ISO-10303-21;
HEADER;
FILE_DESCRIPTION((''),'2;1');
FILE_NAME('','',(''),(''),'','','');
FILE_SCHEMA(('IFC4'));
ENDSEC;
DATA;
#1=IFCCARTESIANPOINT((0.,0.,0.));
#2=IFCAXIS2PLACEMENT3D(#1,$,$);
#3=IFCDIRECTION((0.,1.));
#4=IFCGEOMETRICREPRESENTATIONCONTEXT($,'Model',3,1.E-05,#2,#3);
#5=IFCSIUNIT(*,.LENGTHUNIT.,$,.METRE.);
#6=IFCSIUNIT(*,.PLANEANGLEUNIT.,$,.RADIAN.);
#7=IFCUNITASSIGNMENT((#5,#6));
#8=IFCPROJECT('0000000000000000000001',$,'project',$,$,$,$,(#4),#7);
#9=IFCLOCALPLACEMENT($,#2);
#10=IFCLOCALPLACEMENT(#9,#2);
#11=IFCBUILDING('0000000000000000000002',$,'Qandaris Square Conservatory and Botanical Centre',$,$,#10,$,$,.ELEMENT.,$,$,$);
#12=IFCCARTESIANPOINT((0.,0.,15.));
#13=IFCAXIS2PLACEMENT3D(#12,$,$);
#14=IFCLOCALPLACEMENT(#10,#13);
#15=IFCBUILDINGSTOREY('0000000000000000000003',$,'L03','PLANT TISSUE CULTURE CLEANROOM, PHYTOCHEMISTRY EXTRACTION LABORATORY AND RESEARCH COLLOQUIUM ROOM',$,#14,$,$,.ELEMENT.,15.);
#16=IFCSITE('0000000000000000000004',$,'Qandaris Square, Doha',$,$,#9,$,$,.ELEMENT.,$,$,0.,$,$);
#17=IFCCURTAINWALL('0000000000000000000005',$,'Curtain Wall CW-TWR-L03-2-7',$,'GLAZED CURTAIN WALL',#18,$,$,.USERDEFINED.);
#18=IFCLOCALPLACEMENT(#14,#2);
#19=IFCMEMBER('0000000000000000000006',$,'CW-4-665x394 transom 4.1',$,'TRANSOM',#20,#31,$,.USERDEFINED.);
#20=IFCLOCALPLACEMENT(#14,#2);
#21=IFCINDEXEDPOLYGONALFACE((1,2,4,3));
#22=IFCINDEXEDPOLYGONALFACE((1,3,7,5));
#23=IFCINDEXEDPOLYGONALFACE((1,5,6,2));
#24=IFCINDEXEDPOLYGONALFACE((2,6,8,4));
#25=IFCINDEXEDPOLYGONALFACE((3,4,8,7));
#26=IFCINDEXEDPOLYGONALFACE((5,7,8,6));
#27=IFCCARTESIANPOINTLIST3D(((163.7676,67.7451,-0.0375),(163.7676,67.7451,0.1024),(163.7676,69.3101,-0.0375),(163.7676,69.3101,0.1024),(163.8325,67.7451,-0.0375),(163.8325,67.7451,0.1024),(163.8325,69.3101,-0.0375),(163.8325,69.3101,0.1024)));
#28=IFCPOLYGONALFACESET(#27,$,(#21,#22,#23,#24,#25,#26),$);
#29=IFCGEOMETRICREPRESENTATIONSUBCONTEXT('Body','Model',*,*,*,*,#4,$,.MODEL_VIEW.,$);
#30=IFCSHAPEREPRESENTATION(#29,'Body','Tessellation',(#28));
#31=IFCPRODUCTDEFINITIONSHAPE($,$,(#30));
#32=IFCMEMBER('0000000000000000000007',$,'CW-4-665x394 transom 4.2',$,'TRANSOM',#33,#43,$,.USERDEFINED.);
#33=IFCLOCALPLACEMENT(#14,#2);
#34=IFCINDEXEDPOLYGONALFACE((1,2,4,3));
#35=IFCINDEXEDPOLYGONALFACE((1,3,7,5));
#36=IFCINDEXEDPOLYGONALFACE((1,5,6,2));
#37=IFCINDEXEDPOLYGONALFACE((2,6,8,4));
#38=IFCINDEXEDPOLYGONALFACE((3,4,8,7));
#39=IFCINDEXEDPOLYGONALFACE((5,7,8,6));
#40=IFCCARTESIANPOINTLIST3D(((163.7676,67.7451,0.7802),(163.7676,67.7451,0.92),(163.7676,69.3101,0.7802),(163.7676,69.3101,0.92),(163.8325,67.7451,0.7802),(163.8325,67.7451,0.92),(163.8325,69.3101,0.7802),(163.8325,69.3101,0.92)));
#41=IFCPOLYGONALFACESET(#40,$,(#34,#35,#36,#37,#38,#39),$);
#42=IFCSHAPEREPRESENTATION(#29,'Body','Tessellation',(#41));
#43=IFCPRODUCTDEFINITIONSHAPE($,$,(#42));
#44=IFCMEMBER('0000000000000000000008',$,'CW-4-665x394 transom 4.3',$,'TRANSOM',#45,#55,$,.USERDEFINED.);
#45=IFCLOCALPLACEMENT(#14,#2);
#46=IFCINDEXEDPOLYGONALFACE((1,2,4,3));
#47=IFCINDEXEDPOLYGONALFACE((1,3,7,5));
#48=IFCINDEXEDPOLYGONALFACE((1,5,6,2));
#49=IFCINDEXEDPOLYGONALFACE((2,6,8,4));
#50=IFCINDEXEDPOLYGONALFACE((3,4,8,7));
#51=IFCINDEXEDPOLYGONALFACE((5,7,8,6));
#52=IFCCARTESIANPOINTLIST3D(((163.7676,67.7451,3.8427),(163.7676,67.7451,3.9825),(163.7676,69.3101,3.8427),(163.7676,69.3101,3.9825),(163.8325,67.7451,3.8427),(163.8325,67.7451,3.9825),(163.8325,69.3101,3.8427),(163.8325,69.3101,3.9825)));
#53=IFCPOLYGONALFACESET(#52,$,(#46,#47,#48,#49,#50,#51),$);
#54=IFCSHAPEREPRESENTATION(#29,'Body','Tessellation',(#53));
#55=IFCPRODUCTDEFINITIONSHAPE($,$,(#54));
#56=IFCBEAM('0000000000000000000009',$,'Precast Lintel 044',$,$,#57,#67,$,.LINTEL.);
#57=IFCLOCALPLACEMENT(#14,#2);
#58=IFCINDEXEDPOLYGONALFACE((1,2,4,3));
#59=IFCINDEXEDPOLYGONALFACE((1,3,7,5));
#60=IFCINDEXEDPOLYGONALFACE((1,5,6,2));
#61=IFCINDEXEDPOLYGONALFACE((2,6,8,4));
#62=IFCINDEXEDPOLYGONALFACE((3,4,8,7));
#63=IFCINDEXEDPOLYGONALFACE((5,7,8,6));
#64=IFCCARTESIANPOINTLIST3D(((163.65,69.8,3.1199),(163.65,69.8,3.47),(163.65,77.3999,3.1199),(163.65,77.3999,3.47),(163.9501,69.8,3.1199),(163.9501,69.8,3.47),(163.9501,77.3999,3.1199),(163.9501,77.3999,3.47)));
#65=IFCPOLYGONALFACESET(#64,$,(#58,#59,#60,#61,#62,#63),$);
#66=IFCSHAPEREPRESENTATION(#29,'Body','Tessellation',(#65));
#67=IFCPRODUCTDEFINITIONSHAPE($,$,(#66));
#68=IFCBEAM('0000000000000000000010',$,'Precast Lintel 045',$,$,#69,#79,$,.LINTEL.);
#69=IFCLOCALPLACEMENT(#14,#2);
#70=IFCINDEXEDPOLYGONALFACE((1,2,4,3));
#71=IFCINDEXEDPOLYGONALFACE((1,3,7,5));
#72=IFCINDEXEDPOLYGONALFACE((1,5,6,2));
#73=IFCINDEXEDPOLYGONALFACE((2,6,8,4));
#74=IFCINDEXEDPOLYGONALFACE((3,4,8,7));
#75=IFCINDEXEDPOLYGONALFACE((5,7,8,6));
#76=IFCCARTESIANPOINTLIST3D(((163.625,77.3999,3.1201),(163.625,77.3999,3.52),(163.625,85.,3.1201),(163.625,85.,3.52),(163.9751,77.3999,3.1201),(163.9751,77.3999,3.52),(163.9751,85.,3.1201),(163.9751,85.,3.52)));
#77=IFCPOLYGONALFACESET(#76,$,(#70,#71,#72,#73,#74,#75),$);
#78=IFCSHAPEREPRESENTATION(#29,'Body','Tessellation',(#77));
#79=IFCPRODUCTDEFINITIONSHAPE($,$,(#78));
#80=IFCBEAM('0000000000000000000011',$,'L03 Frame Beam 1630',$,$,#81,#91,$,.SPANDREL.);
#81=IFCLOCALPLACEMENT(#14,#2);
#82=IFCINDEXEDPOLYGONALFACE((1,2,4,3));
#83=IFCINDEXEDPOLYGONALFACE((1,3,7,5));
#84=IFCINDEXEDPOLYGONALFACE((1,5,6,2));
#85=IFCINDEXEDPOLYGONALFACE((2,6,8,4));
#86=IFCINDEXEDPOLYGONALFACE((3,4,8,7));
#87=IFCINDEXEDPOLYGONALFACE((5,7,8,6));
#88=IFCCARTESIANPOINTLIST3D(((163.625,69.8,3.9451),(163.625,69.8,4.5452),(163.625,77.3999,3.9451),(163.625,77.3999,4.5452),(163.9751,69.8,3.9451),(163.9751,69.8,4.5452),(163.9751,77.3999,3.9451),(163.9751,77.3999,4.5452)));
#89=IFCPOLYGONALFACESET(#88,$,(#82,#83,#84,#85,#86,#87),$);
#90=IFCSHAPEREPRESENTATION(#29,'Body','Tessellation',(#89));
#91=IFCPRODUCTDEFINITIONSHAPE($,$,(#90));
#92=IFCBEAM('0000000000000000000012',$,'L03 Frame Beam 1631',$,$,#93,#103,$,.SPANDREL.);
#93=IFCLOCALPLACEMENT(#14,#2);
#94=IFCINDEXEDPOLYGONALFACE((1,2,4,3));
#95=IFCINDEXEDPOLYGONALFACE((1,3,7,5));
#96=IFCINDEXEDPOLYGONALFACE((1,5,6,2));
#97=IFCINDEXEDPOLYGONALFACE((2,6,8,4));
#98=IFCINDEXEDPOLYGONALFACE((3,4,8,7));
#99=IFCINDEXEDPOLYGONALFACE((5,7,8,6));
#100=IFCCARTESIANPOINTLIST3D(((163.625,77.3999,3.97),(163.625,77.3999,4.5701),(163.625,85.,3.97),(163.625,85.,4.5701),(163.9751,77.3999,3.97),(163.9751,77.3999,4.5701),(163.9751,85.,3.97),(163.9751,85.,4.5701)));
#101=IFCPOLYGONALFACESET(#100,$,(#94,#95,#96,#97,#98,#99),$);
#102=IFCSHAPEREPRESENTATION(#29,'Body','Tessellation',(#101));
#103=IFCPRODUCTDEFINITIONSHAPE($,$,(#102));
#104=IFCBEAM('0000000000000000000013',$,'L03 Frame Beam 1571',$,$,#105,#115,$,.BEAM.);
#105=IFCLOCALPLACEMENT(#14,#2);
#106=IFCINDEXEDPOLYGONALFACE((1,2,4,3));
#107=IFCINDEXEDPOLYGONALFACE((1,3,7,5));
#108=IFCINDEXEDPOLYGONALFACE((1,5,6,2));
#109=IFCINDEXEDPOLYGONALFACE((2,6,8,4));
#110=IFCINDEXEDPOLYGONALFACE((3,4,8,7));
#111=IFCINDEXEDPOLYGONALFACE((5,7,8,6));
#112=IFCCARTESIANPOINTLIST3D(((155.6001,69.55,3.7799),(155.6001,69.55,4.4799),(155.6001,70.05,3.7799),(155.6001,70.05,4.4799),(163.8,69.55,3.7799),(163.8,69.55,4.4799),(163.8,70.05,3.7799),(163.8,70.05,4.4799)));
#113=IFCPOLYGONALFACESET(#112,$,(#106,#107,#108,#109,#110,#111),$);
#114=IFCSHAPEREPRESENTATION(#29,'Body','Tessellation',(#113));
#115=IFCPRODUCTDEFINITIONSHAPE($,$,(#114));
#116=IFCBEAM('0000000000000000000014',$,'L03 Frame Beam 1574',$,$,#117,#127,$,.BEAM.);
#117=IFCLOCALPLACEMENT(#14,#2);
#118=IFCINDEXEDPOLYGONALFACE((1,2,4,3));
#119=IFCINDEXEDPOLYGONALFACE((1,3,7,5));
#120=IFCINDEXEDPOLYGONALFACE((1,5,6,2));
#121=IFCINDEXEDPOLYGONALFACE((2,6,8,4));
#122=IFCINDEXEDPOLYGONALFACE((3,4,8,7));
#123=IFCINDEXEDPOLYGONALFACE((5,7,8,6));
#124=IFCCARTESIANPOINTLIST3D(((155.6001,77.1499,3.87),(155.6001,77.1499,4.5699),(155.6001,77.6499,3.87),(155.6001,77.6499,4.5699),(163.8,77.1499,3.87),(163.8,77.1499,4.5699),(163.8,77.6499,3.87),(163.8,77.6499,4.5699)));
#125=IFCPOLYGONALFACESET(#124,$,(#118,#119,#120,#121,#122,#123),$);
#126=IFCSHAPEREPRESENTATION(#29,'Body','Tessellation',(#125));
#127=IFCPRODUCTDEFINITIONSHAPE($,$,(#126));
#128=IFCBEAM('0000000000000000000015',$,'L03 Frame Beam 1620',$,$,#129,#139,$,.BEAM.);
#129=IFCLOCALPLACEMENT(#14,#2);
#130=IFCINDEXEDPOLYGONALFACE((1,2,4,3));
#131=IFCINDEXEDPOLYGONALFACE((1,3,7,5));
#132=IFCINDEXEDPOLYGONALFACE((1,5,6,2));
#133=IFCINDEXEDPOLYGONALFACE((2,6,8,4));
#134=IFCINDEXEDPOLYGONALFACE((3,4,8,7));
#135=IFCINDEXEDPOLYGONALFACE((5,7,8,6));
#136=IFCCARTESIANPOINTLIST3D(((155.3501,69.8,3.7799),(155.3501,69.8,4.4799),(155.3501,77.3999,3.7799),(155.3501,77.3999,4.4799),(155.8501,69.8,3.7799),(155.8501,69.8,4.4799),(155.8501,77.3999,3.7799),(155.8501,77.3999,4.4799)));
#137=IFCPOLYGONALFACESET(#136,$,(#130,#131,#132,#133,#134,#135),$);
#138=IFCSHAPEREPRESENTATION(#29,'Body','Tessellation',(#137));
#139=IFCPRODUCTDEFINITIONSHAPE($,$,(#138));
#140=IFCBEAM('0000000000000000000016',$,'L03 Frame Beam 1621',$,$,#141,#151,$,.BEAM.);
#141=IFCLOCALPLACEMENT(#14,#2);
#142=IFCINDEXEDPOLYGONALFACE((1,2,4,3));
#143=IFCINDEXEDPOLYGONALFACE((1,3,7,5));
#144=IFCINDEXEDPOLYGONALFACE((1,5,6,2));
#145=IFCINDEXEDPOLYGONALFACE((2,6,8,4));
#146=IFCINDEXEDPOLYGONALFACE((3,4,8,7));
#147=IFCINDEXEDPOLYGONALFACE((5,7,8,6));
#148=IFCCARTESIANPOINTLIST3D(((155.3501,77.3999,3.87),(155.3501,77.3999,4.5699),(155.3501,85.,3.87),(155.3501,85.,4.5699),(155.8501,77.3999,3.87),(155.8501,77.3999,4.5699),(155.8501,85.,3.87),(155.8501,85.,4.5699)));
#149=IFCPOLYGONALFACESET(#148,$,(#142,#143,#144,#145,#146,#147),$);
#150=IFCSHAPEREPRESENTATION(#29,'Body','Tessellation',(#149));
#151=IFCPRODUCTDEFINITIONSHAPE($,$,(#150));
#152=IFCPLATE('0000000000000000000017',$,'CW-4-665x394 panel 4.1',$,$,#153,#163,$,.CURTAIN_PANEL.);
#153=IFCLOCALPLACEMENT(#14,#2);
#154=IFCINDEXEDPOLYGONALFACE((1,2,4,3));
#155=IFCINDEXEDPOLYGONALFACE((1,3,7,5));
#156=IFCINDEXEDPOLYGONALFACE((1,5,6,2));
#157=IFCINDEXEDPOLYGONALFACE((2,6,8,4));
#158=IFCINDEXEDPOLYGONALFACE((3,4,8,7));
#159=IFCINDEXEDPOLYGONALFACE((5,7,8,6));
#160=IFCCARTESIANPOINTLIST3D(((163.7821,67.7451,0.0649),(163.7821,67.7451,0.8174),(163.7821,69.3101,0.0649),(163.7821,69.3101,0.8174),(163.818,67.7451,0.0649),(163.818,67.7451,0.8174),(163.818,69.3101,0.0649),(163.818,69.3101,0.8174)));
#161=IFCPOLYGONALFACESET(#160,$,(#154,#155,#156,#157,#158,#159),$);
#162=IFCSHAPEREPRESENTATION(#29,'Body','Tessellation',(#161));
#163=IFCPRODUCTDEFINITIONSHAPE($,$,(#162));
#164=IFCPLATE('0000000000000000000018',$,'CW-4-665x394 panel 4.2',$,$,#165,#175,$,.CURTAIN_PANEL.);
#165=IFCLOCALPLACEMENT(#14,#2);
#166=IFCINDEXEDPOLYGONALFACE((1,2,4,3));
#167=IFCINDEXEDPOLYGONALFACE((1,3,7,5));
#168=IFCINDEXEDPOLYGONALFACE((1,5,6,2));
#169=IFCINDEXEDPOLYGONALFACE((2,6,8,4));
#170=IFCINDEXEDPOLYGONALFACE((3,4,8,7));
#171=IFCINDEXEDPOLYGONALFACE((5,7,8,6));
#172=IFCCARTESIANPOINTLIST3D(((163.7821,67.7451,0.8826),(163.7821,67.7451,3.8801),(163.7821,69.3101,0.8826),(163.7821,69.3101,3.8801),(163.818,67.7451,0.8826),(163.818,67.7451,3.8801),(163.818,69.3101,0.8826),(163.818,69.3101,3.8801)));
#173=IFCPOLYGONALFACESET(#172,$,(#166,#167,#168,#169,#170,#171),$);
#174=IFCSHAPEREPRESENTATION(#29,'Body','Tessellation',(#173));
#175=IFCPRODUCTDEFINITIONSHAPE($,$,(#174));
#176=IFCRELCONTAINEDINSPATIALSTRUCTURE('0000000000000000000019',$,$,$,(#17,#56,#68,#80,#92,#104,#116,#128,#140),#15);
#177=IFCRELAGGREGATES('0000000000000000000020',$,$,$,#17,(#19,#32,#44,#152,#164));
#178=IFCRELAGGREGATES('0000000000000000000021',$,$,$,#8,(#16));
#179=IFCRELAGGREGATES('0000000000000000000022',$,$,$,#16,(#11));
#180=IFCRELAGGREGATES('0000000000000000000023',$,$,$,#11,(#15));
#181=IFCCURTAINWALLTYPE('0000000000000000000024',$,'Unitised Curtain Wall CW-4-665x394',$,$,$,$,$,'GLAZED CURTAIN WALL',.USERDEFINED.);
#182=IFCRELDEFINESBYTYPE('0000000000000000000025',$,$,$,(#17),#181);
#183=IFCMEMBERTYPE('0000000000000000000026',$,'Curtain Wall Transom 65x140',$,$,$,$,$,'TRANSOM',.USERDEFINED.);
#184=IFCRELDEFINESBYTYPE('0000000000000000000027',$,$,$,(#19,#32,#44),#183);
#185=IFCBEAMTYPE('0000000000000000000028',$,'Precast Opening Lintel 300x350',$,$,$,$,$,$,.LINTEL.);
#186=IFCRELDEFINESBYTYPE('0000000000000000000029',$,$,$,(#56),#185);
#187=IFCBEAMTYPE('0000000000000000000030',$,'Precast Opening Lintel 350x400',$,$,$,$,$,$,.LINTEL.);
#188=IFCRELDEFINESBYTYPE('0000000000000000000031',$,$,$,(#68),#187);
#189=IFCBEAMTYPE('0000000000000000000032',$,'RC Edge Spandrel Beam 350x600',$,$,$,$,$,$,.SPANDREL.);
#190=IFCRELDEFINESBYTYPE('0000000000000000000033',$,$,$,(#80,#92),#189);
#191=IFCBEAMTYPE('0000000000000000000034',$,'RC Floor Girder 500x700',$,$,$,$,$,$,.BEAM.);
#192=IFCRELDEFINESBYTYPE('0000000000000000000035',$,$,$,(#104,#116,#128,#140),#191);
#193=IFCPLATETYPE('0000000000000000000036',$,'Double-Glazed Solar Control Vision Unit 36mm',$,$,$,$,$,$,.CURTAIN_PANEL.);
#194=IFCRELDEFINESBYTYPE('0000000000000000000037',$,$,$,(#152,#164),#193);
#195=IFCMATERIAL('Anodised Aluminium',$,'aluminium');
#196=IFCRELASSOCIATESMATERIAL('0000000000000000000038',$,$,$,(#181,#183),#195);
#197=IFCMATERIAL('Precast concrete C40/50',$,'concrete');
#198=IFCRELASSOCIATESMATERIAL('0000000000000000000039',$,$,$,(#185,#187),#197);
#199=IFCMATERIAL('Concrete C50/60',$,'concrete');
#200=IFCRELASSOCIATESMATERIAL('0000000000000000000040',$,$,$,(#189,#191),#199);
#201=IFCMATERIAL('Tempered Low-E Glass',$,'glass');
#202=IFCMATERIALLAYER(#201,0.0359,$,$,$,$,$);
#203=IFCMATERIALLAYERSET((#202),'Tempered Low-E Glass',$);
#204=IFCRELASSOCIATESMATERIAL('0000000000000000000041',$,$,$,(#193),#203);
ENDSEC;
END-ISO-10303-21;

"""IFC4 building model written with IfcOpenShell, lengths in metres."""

from ifc_helpers import new_model, si_unit, direction, frame, origin, origin_2d, place, context, subcontext, project, spatial, rectangle, extrude, material, layer, layer_set, material_profile, profile_set, type_object, element, aggregate, save


model = new_model("IFC4")

# Units and contexts
model_context = context("Model", 3, precision=1e-05, world=origin(), true_north=direction((0.0, 1.0)))
body_context = subcontext(model_context, "Body", "Model", "MODEL_VIEW")
ifc_project = project(units=[si_unit("LENGTHUNIT", "METRE"), si_unit("PLANEANGLEUNIT", "RADIAN")], contexts=[model_context])

# Site, building, storey
site_placement = place(None, origin())
site = spatial("IfcSite", under=ifc_project, at=site_placement, Name="Qandaris Square, Doha", CompositionType="ELEMENT", RefElevation=0.0)
building_placement = place(site_placement, origin())
building = spatial("IfcBuilding", under=site, at=building_placement, Name="Qandaris Square Conservatory and Botanical Centre", CompositionType="ELEMENT")
storey_placement = place(building_placement, frame((0.0, 0.0, 15.0)))
storey = spatial("IfcBuildingStorey", under=building, at=storey_placement, Name="L03", Description="PLANT TISSUE CULTURE CLEANROOM, PHYTOCHEMISTRY EXTRACTION LABORATORY AND RESEARCH COLLOQUIUM ROOM", CompositionType="ELEMENT", Elevation=15.0)

# Shared definitions
ifc_material_1 = material(Name="Concrete C50/60", Category="concrete")

# Curtain wall, members
ifc_material_2 = material(Name="Anodised Aluminium", Category="aluminium")
curtain_wall_type = type_object("IfcCurtainWallType", Name="Unitised Curtain Wall CW-4-665x394", ElementType="GLAZED CURTAIN WALL", PredefinedType="USERDEFINED", material=ifc_material_2)
curtain_wall_placement = place(storey_placement, origin())
curtain_wall = element("IfcCurtainWall", 1, at=curtain_wall_placement, inside=storey, type_object=curtain_wall_type, Name="Curtain Wall CW-TWR-L03-2-7", ObjectType="GLAZED CURTAIN WALL", PredefinedType="USERDEFINED")
ifc_material_profile_1 = material_profile(ifc_material_2, rectangle(XDim=0.0649, YDim=0.1399, at=origin_2d()), Name="ALU-TRN 65x140")
ifc_profile_set_1 = profile_set([ifc_material_profile_1], Name="Anodised Aluminium")
member_type_1 = type_object("IfcMemberType", Name="Curtain Wall Transom 65x140", ElementType="TRANSOM", PredefinedType="USERDEFINED", material=ifc_profile_set_1)
member_1_placement = place(storey_placement, frame((163.8, 67.7451, 0.0325), z_axis=(0.0, 1.0, 0.0), x_axis=(-1.0, 0.0, 0.0)))
member_1 = element("IfcMember", 2, at=member_1_placement, type_object=member_type_1, Name="CW-4-665x394 transom 4.1", ObjectType="TRANSOM", PredefinedType="USERDEFINED", context=body_context, shape_type="SweptSolid", body=[
    extrude(rectangle(XDim=0.0649, YDim=0.1399, at=origin_2d()), origin(), (0.0, 0.0, 1.0), 1.5649),
])
member_2_placement = place(storey_placement, frame((163.8, 67.7451, 0.8501), z_axis=(0.0, 1.0, 0.0), x_axis=(-1.0, 0.0, 0.0)))
member_2 = element("IfcMember", 3, at=member_2_placement, type_object=member_type_1, Name="CW-4-665x394 transom 4.2", ObjectType="TRANSOM", PredefinedType="USERDEFINED", context=body_context, shape_type="SweptSolid", body=[
    extrude(rectangle(XDim=0.0649, YDim=0.1399, at=origin_2d()), origin(), (0.0, 0.0, 1.0), 1.5649),
])
member_3_placement = place(storey_placement, frame((163.8, 67.7451, 3.9126), z_axis=(0.0, 1.0, 0.0), x_axis=(-1.0, 0.0, 0.0)))
member_3 = element("IfcMember", 4, at=member_3_placement, type_object=member_type_1, Name="CW-4-665x394 transom 4.3", ObjectType="TRANSOM", PredefinedType="USERDEFINED", context=body_context, shape_type="SweptSolid", body=[
    extrude(rectangle(XDim=0.0649, YDim=0.1399, at=origin_2d()), origin(), (0.0, 0.0, 1.0), 1.5649),
])

# Beams
ifc_material_3 = material(Name="Precast concrete C40/50", Category="concrete")
ifc_material_profile_2 = material_profile(ifc_material_3, rectangle(XDim=0.3, YDim=0.3501, at=origin_2d()), Name="RC-LN 300x350")
ifc_profile_set_2 = profile_set([ifc_material_profile_2], Name="Precast concrete C40/50")
beam_type_1 = type_object("IfcBeamType", Name="Precast Opening Lintel 300x350", PredefinedType="LINTEL", material=ifc_profile_set_2)
beam_1_placement = place(storey_placement, frame((163.8, 69.8, 3.2949), z_axis=(0.0, 1.0, 0.0), x_axis=(-1.0, 0.0, 0.0)))
element("IfcBeam", 5, at=beam_1_placement, inside=storey, type_object=beam_type_1, Name="Precast Lintel 044", PredefinedType="LINTEL", context=body_context, shape_type="SweptSolid", body=[
    extrude(rectangle(XDim=0.3, YDim=0.3501, at=origin_2d()), origin(), (0.0, 0.0, 1.0), 7.5999),
])
ifc_material_profile_3 = material_profile(ifc_material_3, rectangle(XDim=0.3501, YDim=0.3999, at=origin_2d()), Name="RC-LN 350x400")
ifc_profile_set_3 = profile_set([ifc_material_profile_3], Name="Precast concrete C40/50")
beam_type_2 = type_object("IfcBeamType", Name="Precast Opening Lintel 350x400", PredefinedType="LINTEL", material=ifc_profile_set_3)
beam_2_placement = place(storey_placement, frame((163.8, 77.3999, 3.3201), z_axis=(0.0, 1.0, 0.0), x_axis=(-1.0, 0.0, 0.0)))
element("IfcBeam", 6, at=beam_2_placement, inside=storey, type_object=beam_type_2, Name="Precast Lintel 045", PredefinedType="LINTEL", context=body_context, shape_type="SweptSolid", body=[
    extrude(rectangle(XDim=0.3501, YDim=0.3999, at=origin_2d()), origin(), (0.0, 0.0, 1.0), 7.6001),
])
ifc_material_profile_4 = material_profile(ifc_material_1, rectangle(XDim=0.3501, YDim=0.6001, at=origin_2d()), Name="RC-SP 350x600")
ifc_profile_set_4 = profile_set([ifc_material_profile_4], Name="Concrete C50/60")
beam_type_3 = type_object("IfcBeamType", Name="RC Edge Spandrel Beam 350x600", PredefinedType="SPANDREL", material=ifc_profile_set_4)
beam_3_placement = place(storey_placement, frame((163.8, 69.8, 4.2451), z_axis=(0.0, 1.0, 0.0), x_axis=(-1.0, 0.0, 0.0)))
element("IfcBeam", 7, at=beam_3_placement, inside=storey, type_object=beam_type_3, Name="L03 Frame Beam 1630", PredefinedType="SPANDREL", context=body_context, shape_type="SweptSolid", body=[
    extrude(rectangle(XDim=0.3501, YDim=0.6001, at=origin_2d()), origin(), (0.0, 0.0, 1.0), 7.5999),
])
beam_4_placement = place(storey_placement, frame((163.8, 77.3999, 4.27), z_axis=(0.0, 1.0, 0.0), x_axis=(-1.0, 0.0, 0.0)))
element("IfcBeam", 8, at=beam_4_placement, inside=storey, type_object=beam_type_3, Name="L03 Frame Beam 1631", PredefinedType="SPANDREL", context=body_context, shape_type="SweptSolid", body=[
    extrude(rectangle(XDim=0.3501, YDim=0.6001, at=origin_2d()), origin(), (0.0, 0.0, 1.0), 7.6001),
])
ifc_material_profile_5 = material_profile(ifc_material_1, rectangle(XDim=0.5, YDim=0.7, at=origin_2d()), Name="RC-BM 500x700")
ifc_profile_set_5 = profile_set([ifc_material_profile_5], Name="Concrete C50/60")
beam_type_4 = type_object("IfcBeamType", Name="RC Floor Girder 500x700", PredefinedType="BEAM", material=ifc_profile_set_5)
for number, where, z_axis, x_axis, name in (
    (9, (155.6001, 69.8, 4.1299), (1.0, 0.0, 0.0), (0.0, 1.0, 0.0), "L03 Frame Beam 1571"),
    (10, (155.6001, 77.3999, 4.22), (1.0, 0.0, 0.0), (0.0, 1.0, 0.0), "L03 Frame Beam 1574"),
):
    element("IfcBeam", number, at=place(storey_placement, frame(where, z_axis=z_axis, x_axis=x_axis)), inside=storey, type_object=beam_type_4, Name=name, PredefinedType="BEAM", context=body_context, shape_type="SweptSolid", body=[
        extrude(rectangle(XDim=0.5, YDim=0.7, at=origin_2d()), origin(), (0.0, 0.0, 1.0), 8.2),
    ])
beam_5_placement = place(storey_placement, frame((155.6001, 69.8, 4.1299), z_axis=(0.0, 1.0, 0.0), x_axis=(-1.0, 0.0, 0.0)))
element("IfcBeam", 11, at=beam_5_placement, inside=storey, type_object=beam_type_4, Name="L03 Frame Beam 1620", PredefinedType="BEAM", context=body_context, shape_type="SweptSolid", body=[
    extrude(rectangle(XDim=0.5, YDim=0.7, at=origin_2d()), origin(), (0.0, 0.0, 1.0), 7.5999),
])
beam_6_placement = place(storey_placement, frame((155.6001, 77.3999, 4.22), z_axis=(0.0, 1.0, 0.0), x_axis=(-1.0, 0.0, 0.0)))
element("IfcBeam", 12, at=beam_6_placement, inside=storey, type_object=beam_type_4, Name="L03 Frame Beam 1621", PredefinedType="BEAM", context=body_context, shape_type="SweptSolid", body=[
    extrude(rectangle(XDim=0.5, YDim=0.7, at=origin_2d()), origin(), (0.0, 0.0, 1.0), 7.6001),
])

# Plates
ifc_material_4 = material(Name="Tempered Low-E Glass", Category="glass")
ifc_layer_1 = layer(ifc_material_4, 0.0359)
ifc_layer_set_1 = layer_set([ifc_layer_1], Name="Tempered Low-E Glass")
plate_type = type_object("IfcPlateType", Name="Double-Glazed Solar Control Vision Unit 36mm", PredefinedType="CURTAIN_PANEL", material=ifc_layer_set_1)
plate_1_placement = place(storey_placement, frame((163.8, 68.5276, 0.0649), z_axis=(0.0, 0.0, 1.0), x_axis=(0.0, 1.0, 0.0)))
plate_1 = element("IfcPlate", 13, at=plate_1_placement, type_object=plate_type, Name="CW-4-665x394 panel 4.1", PredefinedType="CURTAIN_PANEL", context=body_context, shape_type="SweptSolid", body=[
    extrude(rectangle(XDim=1.5649, YDim=0.0359, at=origin_2d()), origin(), (0.0, 0.0, 1.0), 0.7524),
])
plate_2_placement = place(storey_placement, frame((163.8, 68.5276, 0.8826), z_axis=(0.0, 0.0, 1.0), x_axis=(0.0, 1.0, 0.0)))
plate_2 = element("IfcPlate", 14, at=plate_2_placement, type_object=plate_type, Name="CW-4-665x394 panel 4.2", PredefinedType="CURTAIN_PANEL", context=body_context, shape_type="SweptSolid", body=[
    extrude(rectangle(XDim=1.5649, YDim=0.0359, at=origin_2d()), origin(), (0.0, 0.0, 1.0), 2.9976),
])
aggregate(curtain_wall, [member_1, member_2, member_3, plate_1, plate_2])

save(model, "model.ifc")
